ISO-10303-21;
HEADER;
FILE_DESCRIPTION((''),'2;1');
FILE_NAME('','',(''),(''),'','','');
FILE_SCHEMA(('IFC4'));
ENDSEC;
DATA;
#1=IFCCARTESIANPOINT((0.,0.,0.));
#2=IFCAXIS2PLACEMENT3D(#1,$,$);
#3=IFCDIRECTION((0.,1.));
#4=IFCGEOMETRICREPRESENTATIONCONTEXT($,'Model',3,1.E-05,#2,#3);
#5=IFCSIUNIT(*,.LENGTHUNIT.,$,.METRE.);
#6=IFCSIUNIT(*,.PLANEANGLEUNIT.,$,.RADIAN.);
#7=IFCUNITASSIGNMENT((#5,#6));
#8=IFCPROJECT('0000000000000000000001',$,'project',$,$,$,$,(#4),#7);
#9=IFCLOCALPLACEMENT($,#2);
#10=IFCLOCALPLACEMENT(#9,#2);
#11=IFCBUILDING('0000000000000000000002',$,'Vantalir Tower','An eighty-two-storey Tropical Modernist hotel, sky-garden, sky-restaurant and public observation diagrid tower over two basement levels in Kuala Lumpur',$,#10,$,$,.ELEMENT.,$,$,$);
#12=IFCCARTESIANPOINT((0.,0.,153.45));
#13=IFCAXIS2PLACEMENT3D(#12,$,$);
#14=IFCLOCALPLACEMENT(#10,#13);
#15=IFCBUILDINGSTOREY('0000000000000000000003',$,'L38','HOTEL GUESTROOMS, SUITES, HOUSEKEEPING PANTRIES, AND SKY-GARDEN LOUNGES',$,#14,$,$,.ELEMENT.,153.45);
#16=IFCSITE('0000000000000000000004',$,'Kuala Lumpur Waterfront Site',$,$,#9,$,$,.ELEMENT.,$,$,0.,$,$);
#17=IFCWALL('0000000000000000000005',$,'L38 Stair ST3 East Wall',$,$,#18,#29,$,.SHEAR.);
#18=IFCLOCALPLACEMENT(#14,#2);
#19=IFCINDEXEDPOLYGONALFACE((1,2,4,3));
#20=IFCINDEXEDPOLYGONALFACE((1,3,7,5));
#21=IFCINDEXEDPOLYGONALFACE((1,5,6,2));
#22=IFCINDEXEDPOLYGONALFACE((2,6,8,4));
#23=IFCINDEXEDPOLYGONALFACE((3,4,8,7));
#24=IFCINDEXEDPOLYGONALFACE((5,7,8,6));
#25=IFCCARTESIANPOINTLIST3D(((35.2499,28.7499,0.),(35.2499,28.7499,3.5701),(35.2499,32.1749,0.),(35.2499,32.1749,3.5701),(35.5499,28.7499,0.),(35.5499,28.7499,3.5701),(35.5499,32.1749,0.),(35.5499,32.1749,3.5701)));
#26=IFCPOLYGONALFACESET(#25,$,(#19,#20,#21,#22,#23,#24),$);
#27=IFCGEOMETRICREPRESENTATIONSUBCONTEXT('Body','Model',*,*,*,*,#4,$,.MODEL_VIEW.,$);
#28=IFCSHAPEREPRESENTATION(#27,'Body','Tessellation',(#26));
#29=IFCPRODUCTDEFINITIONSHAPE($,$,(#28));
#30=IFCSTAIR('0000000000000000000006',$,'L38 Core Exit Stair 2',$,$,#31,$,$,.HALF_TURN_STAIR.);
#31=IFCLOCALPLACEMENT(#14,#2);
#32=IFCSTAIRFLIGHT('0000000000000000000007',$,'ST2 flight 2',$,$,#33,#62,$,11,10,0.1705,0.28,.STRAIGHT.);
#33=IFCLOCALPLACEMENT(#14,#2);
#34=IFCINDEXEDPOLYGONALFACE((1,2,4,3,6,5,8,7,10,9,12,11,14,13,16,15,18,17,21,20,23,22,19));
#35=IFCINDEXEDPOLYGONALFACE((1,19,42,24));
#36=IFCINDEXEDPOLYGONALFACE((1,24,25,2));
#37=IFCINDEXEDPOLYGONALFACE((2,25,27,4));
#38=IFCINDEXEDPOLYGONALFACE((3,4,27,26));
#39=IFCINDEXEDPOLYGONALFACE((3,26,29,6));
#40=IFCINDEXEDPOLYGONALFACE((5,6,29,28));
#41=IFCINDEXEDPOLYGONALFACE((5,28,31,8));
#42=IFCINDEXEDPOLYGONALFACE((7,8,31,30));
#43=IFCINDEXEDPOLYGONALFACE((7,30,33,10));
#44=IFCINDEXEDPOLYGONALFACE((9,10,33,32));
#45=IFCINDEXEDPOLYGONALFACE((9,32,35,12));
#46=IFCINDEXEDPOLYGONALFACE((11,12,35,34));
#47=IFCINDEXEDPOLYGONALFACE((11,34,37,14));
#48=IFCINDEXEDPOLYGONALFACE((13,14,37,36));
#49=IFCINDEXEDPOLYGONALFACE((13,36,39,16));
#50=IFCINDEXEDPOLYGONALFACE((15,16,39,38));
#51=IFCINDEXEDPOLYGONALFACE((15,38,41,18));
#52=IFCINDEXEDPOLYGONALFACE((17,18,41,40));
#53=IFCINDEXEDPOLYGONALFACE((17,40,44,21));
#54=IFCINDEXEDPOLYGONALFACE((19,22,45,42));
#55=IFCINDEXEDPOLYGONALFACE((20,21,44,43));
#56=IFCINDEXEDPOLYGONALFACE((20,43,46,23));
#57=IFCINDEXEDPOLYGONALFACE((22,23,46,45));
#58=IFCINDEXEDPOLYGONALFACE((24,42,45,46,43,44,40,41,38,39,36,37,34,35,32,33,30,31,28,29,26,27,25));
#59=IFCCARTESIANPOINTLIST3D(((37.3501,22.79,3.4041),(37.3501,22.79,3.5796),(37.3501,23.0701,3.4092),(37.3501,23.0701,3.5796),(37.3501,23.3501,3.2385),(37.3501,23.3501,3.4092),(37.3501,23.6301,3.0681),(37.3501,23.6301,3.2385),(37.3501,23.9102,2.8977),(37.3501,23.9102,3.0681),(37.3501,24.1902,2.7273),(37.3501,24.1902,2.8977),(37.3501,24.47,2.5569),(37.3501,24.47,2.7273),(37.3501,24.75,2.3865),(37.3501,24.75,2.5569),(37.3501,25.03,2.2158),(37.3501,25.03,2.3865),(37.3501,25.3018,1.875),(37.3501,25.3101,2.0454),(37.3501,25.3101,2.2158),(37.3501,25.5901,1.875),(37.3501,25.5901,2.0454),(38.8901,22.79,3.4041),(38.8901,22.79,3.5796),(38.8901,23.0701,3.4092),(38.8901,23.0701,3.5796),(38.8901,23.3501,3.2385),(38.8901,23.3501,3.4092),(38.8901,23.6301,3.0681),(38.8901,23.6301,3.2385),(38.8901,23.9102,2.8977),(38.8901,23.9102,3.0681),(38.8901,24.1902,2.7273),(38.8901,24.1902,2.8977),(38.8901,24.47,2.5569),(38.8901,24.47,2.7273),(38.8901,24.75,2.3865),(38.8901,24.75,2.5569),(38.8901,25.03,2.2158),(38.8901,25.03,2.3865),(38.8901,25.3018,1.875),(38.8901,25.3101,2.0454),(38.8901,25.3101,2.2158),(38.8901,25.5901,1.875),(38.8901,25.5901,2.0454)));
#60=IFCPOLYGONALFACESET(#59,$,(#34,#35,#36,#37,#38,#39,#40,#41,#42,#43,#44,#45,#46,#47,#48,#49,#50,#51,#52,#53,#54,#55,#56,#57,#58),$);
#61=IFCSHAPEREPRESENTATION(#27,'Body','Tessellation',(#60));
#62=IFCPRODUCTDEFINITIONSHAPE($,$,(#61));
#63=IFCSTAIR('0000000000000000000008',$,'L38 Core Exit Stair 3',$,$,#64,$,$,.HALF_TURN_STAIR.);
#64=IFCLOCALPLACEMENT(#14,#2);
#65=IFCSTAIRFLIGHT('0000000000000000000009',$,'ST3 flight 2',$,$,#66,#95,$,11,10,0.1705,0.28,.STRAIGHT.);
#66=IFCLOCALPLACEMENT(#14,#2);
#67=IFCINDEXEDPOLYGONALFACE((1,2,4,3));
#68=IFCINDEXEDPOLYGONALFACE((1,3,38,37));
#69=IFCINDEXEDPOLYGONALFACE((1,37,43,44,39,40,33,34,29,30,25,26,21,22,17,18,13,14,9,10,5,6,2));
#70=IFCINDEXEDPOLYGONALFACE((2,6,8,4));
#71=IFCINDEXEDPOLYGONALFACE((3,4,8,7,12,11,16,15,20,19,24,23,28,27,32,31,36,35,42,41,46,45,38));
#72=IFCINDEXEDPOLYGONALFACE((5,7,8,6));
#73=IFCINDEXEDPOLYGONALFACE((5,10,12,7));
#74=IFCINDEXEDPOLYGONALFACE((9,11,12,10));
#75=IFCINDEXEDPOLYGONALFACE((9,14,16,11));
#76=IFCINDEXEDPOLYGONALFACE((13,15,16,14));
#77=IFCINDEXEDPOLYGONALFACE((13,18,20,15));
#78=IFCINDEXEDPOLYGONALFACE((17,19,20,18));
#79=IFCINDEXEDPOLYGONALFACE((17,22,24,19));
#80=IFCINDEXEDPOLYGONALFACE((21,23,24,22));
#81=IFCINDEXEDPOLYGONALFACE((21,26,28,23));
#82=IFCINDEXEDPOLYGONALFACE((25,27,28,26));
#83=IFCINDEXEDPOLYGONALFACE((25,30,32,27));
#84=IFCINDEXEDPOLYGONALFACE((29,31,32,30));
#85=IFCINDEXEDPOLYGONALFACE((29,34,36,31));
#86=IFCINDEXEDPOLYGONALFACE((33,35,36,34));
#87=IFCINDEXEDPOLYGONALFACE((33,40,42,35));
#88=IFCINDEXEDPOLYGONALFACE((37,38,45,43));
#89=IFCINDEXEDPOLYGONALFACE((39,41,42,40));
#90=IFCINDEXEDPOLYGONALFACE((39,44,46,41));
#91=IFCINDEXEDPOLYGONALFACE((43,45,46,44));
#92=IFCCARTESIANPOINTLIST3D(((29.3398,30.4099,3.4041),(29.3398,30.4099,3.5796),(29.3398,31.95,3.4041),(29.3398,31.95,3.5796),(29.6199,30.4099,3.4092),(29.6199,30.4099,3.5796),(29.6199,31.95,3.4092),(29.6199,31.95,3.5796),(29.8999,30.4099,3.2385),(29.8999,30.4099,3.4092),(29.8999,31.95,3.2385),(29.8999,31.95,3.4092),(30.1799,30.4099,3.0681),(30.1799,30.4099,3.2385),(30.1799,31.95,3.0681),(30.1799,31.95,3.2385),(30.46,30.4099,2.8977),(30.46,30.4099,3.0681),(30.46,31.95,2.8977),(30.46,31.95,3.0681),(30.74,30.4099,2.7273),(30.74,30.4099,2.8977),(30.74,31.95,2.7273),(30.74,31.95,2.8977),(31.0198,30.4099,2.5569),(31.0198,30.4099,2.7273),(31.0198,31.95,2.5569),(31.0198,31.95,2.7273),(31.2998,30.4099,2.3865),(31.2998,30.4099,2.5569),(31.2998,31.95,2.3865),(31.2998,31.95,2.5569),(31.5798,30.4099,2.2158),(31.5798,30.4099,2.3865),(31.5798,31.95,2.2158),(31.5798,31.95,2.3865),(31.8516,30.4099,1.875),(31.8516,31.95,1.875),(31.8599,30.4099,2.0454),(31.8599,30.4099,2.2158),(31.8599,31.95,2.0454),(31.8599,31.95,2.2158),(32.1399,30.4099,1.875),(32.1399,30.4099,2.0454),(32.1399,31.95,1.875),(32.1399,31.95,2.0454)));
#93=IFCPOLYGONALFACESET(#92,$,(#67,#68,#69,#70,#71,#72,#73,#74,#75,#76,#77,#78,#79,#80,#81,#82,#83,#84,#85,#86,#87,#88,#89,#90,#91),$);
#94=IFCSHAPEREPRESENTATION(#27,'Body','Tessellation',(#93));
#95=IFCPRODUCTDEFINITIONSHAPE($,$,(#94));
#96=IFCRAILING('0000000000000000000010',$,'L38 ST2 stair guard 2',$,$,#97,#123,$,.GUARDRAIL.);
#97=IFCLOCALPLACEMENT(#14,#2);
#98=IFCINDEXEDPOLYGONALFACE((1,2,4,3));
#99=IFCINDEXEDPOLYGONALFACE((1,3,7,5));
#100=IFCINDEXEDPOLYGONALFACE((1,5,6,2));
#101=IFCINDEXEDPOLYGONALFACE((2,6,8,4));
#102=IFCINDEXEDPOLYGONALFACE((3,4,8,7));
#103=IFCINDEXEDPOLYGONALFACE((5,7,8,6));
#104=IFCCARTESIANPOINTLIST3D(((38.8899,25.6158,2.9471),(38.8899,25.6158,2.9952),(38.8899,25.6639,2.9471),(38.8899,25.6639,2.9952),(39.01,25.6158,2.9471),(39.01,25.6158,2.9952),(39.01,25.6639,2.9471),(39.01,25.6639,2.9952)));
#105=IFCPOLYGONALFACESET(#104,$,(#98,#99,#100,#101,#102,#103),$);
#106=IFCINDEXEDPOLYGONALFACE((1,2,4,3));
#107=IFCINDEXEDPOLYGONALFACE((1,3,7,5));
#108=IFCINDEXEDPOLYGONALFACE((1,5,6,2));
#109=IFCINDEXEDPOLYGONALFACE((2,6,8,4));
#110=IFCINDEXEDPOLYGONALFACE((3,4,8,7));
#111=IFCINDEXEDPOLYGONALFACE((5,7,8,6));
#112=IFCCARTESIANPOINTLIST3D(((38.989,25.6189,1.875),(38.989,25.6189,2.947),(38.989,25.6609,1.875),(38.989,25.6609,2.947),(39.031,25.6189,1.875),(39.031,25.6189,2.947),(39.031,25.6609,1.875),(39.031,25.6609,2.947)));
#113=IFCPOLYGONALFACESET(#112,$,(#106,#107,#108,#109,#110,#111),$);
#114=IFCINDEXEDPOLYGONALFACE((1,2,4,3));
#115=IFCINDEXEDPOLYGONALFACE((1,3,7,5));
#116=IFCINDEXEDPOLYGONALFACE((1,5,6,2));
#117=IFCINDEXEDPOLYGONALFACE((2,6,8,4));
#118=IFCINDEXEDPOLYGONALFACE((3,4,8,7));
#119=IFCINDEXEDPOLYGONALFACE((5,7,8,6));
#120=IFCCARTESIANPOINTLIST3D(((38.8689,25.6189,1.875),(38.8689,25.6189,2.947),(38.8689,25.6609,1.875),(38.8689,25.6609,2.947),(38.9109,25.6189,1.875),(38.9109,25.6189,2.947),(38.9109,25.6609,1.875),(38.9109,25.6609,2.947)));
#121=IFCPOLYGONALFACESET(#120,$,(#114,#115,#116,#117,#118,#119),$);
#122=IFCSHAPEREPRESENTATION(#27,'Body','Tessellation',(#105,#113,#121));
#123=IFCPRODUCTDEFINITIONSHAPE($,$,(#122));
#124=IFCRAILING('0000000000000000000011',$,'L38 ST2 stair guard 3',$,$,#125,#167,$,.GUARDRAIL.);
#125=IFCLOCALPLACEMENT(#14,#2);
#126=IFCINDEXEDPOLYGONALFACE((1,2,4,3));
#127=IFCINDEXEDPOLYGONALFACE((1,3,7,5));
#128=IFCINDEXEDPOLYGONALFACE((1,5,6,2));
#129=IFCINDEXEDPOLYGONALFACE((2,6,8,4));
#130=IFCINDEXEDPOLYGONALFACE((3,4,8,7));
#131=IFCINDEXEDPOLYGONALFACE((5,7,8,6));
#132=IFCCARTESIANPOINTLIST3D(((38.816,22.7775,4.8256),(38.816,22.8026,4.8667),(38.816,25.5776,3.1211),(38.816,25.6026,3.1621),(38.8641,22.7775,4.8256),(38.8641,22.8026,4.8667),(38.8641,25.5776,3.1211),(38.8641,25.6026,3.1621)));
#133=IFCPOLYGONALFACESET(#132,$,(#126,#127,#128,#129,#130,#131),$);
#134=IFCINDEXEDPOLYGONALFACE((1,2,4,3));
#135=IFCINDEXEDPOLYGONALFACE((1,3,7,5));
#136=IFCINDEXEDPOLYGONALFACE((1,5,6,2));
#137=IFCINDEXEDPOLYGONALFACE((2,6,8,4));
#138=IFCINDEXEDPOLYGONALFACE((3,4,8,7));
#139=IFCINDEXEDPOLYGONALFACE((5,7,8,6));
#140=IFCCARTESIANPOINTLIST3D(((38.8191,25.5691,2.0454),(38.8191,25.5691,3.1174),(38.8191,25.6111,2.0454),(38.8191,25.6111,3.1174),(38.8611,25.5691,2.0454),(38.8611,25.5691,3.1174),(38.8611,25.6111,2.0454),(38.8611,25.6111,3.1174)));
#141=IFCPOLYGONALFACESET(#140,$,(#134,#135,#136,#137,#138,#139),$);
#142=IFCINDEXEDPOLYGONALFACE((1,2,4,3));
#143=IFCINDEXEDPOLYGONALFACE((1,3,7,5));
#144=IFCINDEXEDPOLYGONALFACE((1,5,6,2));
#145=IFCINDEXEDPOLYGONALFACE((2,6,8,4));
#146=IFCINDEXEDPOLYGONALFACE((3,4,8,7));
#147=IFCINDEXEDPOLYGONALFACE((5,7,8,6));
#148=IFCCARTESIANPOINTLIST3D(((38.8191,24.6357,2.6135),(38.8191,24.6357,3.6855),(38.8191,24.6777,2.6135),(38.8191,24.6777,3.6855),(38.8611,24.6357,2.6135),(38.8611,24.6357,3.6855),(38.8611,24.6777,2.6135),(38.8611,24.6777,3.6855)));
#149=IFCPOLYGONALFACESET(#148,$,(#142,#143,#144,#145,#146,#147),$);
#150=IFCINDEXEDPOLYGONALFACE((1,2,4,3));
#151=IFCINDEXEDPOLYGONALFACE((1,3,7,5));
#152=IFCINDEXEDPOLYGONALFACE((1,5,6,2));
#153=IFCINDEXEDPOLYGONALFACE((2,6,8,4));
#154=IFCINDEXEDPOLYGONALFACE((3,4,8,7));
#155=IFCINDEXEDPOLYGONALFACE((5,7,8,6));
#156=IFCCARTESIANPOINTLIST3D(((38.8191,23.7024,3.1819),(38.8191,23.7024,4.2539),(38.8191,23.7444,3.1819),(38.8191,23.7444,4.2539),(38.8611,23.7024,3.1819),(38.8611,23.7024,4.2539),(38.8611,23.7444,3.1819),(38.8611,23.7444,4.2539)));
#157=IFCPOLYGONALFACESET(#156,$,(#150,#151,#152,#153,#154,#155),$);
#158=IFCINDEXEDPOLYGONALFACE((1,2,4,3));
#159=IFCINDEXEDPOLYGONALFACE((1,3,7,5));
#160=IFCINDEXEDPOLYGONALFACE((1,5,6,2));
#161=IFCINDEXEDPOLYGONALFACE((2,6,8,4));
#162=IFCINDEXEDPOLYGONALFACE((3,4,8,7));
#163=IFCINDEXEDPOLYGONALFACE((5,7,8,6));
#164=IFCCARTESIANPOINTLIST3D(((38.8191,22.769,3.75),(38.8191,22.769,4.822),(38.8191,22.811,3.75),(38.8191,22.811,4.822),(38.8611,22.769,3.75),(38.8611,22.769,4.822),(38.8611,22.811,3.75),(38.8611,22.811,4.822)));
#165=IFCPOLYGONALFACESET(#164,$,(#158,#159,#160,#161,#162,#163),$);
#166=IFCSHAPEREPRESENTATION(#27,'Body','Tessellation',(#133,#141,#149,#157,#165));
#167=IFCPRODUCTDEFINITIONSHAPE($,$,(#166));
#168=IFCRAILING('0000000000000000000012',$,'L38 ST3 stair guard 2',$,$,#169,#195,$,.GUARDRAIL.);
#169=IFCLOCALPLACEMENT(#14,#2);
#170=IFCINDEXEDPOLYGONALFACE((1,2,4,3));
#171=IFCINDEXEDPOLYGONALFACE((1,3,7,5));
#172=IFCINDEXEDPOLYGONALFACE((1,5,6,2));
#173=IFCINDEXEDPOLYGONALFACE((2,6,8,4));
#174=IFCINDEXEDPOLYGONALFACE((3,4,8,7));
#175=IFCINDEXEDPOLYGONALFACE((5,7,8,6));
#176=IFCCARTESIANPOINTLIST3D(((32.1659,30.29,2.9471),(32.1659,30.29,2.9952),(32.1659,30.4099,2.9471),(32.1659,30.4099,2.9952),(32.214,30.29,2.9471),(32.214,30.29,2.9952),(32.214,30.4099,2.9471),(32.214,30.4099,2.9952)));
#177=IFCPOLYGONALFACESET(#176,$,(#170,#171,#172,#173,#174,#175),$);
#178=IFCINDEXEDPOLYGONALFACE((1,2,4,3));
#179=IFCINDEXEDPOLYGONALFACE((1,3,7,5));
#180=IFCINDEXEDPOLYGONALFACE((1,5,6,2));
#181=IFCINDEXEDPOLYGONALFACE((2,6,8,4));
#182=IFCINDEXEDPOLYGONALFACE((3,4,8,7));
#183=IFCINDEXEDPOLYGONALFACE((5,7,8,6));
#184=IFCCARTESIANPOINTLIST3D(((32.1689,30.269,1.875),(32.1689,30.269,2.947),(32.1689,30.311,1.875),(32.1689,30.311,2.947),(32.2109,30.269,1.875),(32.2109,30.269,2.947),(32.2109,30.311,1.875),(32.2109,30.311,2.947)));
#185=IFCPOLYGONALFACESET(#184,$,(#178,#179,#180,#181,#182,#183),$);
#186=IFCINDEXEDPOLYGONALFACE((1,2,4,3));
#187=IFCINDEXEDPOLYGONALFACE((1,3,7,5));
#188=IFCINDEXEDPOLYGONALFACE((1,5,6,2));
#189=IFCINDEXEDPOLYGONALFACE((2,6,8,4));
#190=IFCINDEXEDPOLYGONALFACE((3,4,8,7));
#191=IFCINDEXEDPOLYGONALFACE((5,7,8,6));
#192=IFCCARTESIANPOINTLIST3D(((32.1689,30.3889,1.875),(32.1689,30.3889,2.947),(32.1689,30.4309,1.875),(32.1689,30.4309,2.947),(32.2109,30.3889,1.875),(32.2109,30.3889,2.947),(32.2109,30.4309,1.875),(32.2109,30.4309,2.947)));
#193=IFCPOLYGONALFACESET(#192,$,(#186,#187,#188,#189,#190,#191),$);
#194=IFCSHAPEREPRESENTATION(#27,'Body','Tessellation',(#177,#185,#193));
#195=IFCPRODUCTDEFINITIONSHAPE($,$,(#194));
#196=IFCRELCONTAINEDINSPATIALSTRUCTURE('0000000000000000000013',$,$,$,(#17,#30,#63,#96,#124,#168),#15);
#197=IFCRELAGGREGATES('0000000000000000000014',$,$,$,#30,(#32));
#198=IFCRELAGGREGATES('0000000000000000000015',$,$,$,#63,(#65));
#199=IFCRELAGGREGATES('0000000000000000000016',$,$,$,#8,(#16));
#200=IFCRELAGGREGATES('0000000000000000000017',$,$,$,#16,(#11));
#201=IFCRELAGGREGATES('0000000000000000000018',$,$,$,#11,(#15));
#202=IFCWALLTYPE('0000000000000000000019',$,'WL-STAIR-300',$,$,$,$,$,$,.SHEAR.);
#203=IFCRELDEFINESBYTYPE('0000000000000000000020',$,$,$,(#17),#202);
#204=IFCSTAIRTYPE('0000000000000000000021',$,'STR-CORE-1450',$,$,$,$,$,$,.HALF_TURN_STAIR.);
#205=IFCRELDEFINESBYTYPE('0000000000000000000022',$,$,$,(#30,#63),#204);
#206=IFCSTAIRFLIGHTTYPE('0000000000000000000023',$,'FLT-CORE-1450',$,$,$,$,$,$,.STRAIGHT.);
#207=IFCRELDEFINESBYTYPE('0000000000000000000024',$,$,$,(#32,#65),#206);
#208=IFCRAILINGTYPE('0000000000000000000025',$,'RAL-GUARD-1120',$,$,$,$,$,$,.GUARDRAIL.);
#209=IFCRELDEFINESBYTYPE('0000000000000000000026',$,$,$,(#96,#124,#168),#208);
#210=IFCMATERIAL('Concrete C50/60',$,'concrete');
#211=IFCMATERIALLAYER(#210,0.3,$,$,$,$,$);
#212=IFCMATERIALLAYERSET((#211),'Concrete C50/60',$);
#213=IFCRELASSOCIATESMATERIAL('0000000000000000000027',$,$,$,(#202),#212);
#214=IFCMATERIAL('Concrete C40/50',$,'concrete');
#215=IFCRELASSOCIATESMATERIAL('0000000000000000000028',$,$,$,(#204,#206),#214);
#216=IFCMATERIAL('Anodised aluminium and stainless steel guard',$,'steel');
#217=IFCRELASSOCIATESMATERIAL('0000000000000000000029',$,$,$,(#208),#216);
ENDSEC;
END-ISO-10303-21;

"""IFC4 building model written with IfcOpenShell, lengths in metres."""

from ifc_helpers import new_model, si_unit, direction, frame, frame_2d, origin, origin_2d, place, context, subcontext, project, spatial, polyline, rectangle, outline, extrude, material, layer, layer_set, type_object, element, aggregate, save


model = new_model("IFC4")

# Units and contexts
model_context = context("Model", 3, precision=1e-05, world=origin(), true_north=direction((0.0, 1.0)))
body_context = subcontext(model_context, "Body", "Model", "MODEL_VIEW")
ifc_project = project(units=[si_unit("LENGTHUNIT", "METRE"), si_unit("PLANEANGLEUNIT", "RADIAN")], contexts=[model_context])

# Site, building, storey
site_placement = place(None, origin())
site = spatial("IfcSite", under=ifc_project, at=site_placement, Name="Kuala Lumpur Waterfront Site", CompositionType="ELEMENT", RefElevation=0.0)
building_placement = place(site_placement, origin())
building = spatial("IfcBuilding", under=site, at=building_placement, Name="Vantalir Tower", Description="An eighty-two-storey Tropical Modernist hotel, sky-garden, sky-restaurant and public observation diagrid tower over two basement levels in Kuala Lumpur", CompositionType="ELEMENT")
storey_placement = place(building_placement, frame((0.0, 0.0, 153.45)))
storey = spatial("IfcBuildingStorey", under=building, at=storey_placement, Name="L38", Description="HOTEL GUESTROOMS, SUITES, HOUSEKEEPING PANTRIES, AND SKY-GARDEN LOUNGES", CompositionType="ELEMENT", Elevation=153.45)

# Wall
ifc_material_1 = material(Name="Concrete C50/60", Category="concrete")
ifc_layer_1 = layer(ifc_material_1, 0.3)
ifc_layer_set_1 = layer_set([ifc_layer_1], Name="Concrete C50/60")
wall_type_1 = type_object("IfcWallType", Name="WL-STAIR-300", PredefinedType="SHEAR", material=ifc_layer_set_1)
wall_1_placement = place(storey_placement, frame((35.3999, 28.75, 0.0), z_axis=(0.0, 0.0, 1.0), x_axis=(0.0, 1.0, 0.0)))
element("IfcWall", 1, at=wall_1_placement, inside=storey, type_object=wall_type_1, Name="L38 Stair ST3 East Wall", PredefinedType="SHEAR", context=body_context, shape_type="SweptSolid", body=[
    extrude(rectangle(XDim=3.425, YDim=0.3, at=frame_2d((1.7124, 0.0))), origin(), (0.0, 0.0, 1.0), 3.5701),
])

# Stairs, stair flights
ifc_material_2 = material(Name="Concrete C40/50", Category="concrete")
stair_type = type_object("IfcStairType", Name="STR-CORE-1450", PredefinedType="HALF_TURN_STAIR", material=ifc_material_2)
stair_1_placement = place(storey_placement, origin())
stair_1 = element("IfcStair", 2, at=stair_1_placement, inside=storey, type_object=stair_type, Name="L38 Core Exit Stair 2", PredefinedType="HALF_TURN_STAIR")
stair_flight_type = type_object("IfcStairFlightType", Name="FLT-CORE-1450", PredefinedType="STRAIGHT", material=ifc_material_2)
stair_flight_1_placement = place(storey_placement, frame((38.1201, 25.5901, 1.875), z_axis=(0.0, 0.0, 1.0), x_axis=(0.0, -1.0, 0.0)))
stair_flight_1 = element("IfcStairFlight", 3, at=stair_flight_1_placement, type_object=stair_flight_type, Name="ST2 flight 2", NumberOfRisers=11, NumberOfTreads=10, PredefinedType="STRAIGHT", RiserHeight=0.1705, TreadLength=0.28, context=body_context, shape_type="SweptSolid", body=[
    extrude(outline(polyline([(0.0, 0.0), (0.0, 0.1704), (0.28, 0.1704), (0.28, 0.3408), (0.5601, 0.3408), (0.5601, 0.5115), (0.8401, 0.5115), (0.8401, 0.6819), (1.1201, 0.6819), (1.1201, 0.8523), (1.3999, 0.8523), (1.3999, 1.0227), (1.6799, 1.0227), (1.6799, 1.1931), (1.96, 1.1931), (1.96, 1.3635), (2.24, 1.3635), (2.24, 1.5342), (2.52, 1.5342), (2.52, 1.7046), (2.8, 1.7046), (2.8, 1.875), (2.8, 1.5291), (0.2883, 0.0), (0.0, 0.0)])), frame((0.0, 0.77, 0.0), z_axis=(0.0, -1.0, 0.0), x_axis=(1.0, 0.0, 0.0)), (0.0, 0.0, 1.0), 1.54),
])
aggregate(stair_1, [stair_flight_1])
stair_2_placement = place(storey_placement, origin())
stair_2 = element("IfcStair", 4, at=stair_2_placement, inside=storey, type_object=stair_type, Name="L38 Core Exit Stair 3", PredefinedType="HALF_TURN_STAIR")
stair_flight_2_placement = place(storey_placement, frame((32.1399, 31.1799, 1.875), z_axis=(0.0, 0.0, 1.0), x_axis=(-1.0, 0.0, 0.0)))
stair_flight_2 = element("IfcStairFlight", 5, at=stair_flight_2_placement, type_object=stair_flight_type, Name="ST3 flight 2", NumberOfRisers=11, NumberOfTreads=10, PredefinedType="STRAIGHT", RiserHeight=0.1705, TreadLength=0.28, context=body_context, shape_type="SweptSolid", body=[
    extrude(outline(polyline([(0.0, 0.0), (0.0, 0.1704), (0.28, 0.1704), (0.28, 0.3408), (0.5601, 0.3408), (0.5601, 0.5115), (0.8401, 0.5115), (0.8401, 0.6819), (1.1201, 0.6819), (1.1201, 0.8523), (1.3999, 0.8523), (1.3999, 1.0227), (1.6799, 1.0227), (1.6799, 1.1931), (1.96, 1.1931), (1.96, 1.3635), (2.24, 1.3635), (2.24, 1.5342), (2.52, 1.5342), (2.52, 1.7046), (2.8, 1.7046), (2.8, 1.875), (2.8, 1.5291), (0.2883, 0.0), (0.0, 0.0)])), frame((0.0, 0.77, 0.0), z_axis=(0.0, -1.0, 0.0), x_axis=(1.0, 0.0, 0.0)), (0.0, 0.0, 1.0), 1.54),
])
aggregate(stair_2, [stair_flight_2])

# Railings
ifc_material_3 = material(Name="Anodised aluminium and stainless steel guard", Category="steel")
railing_type_1 = type_object("IfcRailingType", Name="RAL-GUARD-1120", PredefinedType="GUARDRAIL", material=ifc_material_3)
railing_1_placement = place(storey_placement, frame((39.01, 25.6399, 1.875)))
element("IfcRailing", 6, at=railing_1_placement, inside=storey, type_object=railing_type_1, Name="L38 ST2 stair guard 2", PredefinedType="GUARDRAIL", context=body_context, shape_type="SweptSolid", body=[
    extrude(rectangle(XDim=0.0481, YDim=0.0481, at=origin_2d()), frame((0.0, 0.0, 1.0962), z_axis=(-1.0, 0.0, 0.0), x_axis=(0.0, -1.0, 0.0)), (0.0, 0.0, 1.0), 0.1201),
    extrude(rectangle(XDim=0.042, YDim=0.042, at=origin_2d()), origin(), (0.0, 0.0, 1.0), 1.072),
    extrude(rectangle(XDim=0.042, YDim=0.042, at=origin_2d()), frame((-0.1201, 0.0, 0.0)), (0.0, 0.0, 1.0), 1.072),
])
railing_2_placement = place(storey_placement, frame((38.8401, 25.5901, 2.0454)))
element("IfcRailing", 7, at=railing_2_placement, inside=storey, type_object=railing_type_1, Name="L38 ST2 stair guard 3", PredefinedType="GUARDRAIL", context=body_context, shape_type="SweptSolid", body=[
    extrude(rectangle(XDim=0.0481, YDim=0.0481, at=origin_2d()), frame((0.0, 0.0, 1.0962), z_axis=(0.0, -0.85417, 0.519994), x_axis=(1.0, 0.0, 0.0)), (0.0, 0.0, 1.0), 3.2781),
    extrude(rectangle(XDim=0.042, YDim=0.042, at=origin_2d()), origin(), (0.0, 0.0, 1.0), 1.072),
    extrude(rectangle(XDim=0.042, YDim=0.042, at=origin_2d()), frame((0.0, -0.9333, 0.5681)), (0.0, 0.0, 1.0), 1.072),
    extrude(rectangle(XDim=0.042, YDim=0.042, at=origin_2d()), frame((0.0, -1.8667, 1.1365)), (0.0, 0.0, 1.0), 1.072),
    extrude(rectangle(XDim=0.042, YDim=0.042, at=origin_2d()), frame((0.0, -2.8, 1.7046)), (0.0, 0.0, 1.0), 1.072),
])
railing_3_placement = place(storey_placement, frame((32.1899, 30.29, 1.875)))
element("IfcRailing", 8, at=railing_3_placement, inside=storey, type_object=railing_type_1, Name="L38 ST3 stair guard 2", PredefinedType="GUARDRAIL", context=body_context, shape_type="SweptSolid", body=[
    extrude(rectangle(XDim=0.0481, YDim=0.0481, at=origin_2d()), frame((0.0, 0.0, 1.0962), z_axis=(0.0, 1.0, 0.0), x_axis=(-1.0, 0.0, 0.0)), (0.0, 0.0, 1.0), 0.1199),
    extrude(rectangle(XDim=0.042, YDim=0.042, at=origin_2d()), origin(), (0.0, 0.0, 1.0), 1.072),
    extrude(rectangle(XDim=0.042, YDim=0.042, at=origin_2d()), frame((0.0, 0.1199, 0.0)), (0.0, 0.0, 1.0), 1.072),
])

save(model, "model.ifc")
